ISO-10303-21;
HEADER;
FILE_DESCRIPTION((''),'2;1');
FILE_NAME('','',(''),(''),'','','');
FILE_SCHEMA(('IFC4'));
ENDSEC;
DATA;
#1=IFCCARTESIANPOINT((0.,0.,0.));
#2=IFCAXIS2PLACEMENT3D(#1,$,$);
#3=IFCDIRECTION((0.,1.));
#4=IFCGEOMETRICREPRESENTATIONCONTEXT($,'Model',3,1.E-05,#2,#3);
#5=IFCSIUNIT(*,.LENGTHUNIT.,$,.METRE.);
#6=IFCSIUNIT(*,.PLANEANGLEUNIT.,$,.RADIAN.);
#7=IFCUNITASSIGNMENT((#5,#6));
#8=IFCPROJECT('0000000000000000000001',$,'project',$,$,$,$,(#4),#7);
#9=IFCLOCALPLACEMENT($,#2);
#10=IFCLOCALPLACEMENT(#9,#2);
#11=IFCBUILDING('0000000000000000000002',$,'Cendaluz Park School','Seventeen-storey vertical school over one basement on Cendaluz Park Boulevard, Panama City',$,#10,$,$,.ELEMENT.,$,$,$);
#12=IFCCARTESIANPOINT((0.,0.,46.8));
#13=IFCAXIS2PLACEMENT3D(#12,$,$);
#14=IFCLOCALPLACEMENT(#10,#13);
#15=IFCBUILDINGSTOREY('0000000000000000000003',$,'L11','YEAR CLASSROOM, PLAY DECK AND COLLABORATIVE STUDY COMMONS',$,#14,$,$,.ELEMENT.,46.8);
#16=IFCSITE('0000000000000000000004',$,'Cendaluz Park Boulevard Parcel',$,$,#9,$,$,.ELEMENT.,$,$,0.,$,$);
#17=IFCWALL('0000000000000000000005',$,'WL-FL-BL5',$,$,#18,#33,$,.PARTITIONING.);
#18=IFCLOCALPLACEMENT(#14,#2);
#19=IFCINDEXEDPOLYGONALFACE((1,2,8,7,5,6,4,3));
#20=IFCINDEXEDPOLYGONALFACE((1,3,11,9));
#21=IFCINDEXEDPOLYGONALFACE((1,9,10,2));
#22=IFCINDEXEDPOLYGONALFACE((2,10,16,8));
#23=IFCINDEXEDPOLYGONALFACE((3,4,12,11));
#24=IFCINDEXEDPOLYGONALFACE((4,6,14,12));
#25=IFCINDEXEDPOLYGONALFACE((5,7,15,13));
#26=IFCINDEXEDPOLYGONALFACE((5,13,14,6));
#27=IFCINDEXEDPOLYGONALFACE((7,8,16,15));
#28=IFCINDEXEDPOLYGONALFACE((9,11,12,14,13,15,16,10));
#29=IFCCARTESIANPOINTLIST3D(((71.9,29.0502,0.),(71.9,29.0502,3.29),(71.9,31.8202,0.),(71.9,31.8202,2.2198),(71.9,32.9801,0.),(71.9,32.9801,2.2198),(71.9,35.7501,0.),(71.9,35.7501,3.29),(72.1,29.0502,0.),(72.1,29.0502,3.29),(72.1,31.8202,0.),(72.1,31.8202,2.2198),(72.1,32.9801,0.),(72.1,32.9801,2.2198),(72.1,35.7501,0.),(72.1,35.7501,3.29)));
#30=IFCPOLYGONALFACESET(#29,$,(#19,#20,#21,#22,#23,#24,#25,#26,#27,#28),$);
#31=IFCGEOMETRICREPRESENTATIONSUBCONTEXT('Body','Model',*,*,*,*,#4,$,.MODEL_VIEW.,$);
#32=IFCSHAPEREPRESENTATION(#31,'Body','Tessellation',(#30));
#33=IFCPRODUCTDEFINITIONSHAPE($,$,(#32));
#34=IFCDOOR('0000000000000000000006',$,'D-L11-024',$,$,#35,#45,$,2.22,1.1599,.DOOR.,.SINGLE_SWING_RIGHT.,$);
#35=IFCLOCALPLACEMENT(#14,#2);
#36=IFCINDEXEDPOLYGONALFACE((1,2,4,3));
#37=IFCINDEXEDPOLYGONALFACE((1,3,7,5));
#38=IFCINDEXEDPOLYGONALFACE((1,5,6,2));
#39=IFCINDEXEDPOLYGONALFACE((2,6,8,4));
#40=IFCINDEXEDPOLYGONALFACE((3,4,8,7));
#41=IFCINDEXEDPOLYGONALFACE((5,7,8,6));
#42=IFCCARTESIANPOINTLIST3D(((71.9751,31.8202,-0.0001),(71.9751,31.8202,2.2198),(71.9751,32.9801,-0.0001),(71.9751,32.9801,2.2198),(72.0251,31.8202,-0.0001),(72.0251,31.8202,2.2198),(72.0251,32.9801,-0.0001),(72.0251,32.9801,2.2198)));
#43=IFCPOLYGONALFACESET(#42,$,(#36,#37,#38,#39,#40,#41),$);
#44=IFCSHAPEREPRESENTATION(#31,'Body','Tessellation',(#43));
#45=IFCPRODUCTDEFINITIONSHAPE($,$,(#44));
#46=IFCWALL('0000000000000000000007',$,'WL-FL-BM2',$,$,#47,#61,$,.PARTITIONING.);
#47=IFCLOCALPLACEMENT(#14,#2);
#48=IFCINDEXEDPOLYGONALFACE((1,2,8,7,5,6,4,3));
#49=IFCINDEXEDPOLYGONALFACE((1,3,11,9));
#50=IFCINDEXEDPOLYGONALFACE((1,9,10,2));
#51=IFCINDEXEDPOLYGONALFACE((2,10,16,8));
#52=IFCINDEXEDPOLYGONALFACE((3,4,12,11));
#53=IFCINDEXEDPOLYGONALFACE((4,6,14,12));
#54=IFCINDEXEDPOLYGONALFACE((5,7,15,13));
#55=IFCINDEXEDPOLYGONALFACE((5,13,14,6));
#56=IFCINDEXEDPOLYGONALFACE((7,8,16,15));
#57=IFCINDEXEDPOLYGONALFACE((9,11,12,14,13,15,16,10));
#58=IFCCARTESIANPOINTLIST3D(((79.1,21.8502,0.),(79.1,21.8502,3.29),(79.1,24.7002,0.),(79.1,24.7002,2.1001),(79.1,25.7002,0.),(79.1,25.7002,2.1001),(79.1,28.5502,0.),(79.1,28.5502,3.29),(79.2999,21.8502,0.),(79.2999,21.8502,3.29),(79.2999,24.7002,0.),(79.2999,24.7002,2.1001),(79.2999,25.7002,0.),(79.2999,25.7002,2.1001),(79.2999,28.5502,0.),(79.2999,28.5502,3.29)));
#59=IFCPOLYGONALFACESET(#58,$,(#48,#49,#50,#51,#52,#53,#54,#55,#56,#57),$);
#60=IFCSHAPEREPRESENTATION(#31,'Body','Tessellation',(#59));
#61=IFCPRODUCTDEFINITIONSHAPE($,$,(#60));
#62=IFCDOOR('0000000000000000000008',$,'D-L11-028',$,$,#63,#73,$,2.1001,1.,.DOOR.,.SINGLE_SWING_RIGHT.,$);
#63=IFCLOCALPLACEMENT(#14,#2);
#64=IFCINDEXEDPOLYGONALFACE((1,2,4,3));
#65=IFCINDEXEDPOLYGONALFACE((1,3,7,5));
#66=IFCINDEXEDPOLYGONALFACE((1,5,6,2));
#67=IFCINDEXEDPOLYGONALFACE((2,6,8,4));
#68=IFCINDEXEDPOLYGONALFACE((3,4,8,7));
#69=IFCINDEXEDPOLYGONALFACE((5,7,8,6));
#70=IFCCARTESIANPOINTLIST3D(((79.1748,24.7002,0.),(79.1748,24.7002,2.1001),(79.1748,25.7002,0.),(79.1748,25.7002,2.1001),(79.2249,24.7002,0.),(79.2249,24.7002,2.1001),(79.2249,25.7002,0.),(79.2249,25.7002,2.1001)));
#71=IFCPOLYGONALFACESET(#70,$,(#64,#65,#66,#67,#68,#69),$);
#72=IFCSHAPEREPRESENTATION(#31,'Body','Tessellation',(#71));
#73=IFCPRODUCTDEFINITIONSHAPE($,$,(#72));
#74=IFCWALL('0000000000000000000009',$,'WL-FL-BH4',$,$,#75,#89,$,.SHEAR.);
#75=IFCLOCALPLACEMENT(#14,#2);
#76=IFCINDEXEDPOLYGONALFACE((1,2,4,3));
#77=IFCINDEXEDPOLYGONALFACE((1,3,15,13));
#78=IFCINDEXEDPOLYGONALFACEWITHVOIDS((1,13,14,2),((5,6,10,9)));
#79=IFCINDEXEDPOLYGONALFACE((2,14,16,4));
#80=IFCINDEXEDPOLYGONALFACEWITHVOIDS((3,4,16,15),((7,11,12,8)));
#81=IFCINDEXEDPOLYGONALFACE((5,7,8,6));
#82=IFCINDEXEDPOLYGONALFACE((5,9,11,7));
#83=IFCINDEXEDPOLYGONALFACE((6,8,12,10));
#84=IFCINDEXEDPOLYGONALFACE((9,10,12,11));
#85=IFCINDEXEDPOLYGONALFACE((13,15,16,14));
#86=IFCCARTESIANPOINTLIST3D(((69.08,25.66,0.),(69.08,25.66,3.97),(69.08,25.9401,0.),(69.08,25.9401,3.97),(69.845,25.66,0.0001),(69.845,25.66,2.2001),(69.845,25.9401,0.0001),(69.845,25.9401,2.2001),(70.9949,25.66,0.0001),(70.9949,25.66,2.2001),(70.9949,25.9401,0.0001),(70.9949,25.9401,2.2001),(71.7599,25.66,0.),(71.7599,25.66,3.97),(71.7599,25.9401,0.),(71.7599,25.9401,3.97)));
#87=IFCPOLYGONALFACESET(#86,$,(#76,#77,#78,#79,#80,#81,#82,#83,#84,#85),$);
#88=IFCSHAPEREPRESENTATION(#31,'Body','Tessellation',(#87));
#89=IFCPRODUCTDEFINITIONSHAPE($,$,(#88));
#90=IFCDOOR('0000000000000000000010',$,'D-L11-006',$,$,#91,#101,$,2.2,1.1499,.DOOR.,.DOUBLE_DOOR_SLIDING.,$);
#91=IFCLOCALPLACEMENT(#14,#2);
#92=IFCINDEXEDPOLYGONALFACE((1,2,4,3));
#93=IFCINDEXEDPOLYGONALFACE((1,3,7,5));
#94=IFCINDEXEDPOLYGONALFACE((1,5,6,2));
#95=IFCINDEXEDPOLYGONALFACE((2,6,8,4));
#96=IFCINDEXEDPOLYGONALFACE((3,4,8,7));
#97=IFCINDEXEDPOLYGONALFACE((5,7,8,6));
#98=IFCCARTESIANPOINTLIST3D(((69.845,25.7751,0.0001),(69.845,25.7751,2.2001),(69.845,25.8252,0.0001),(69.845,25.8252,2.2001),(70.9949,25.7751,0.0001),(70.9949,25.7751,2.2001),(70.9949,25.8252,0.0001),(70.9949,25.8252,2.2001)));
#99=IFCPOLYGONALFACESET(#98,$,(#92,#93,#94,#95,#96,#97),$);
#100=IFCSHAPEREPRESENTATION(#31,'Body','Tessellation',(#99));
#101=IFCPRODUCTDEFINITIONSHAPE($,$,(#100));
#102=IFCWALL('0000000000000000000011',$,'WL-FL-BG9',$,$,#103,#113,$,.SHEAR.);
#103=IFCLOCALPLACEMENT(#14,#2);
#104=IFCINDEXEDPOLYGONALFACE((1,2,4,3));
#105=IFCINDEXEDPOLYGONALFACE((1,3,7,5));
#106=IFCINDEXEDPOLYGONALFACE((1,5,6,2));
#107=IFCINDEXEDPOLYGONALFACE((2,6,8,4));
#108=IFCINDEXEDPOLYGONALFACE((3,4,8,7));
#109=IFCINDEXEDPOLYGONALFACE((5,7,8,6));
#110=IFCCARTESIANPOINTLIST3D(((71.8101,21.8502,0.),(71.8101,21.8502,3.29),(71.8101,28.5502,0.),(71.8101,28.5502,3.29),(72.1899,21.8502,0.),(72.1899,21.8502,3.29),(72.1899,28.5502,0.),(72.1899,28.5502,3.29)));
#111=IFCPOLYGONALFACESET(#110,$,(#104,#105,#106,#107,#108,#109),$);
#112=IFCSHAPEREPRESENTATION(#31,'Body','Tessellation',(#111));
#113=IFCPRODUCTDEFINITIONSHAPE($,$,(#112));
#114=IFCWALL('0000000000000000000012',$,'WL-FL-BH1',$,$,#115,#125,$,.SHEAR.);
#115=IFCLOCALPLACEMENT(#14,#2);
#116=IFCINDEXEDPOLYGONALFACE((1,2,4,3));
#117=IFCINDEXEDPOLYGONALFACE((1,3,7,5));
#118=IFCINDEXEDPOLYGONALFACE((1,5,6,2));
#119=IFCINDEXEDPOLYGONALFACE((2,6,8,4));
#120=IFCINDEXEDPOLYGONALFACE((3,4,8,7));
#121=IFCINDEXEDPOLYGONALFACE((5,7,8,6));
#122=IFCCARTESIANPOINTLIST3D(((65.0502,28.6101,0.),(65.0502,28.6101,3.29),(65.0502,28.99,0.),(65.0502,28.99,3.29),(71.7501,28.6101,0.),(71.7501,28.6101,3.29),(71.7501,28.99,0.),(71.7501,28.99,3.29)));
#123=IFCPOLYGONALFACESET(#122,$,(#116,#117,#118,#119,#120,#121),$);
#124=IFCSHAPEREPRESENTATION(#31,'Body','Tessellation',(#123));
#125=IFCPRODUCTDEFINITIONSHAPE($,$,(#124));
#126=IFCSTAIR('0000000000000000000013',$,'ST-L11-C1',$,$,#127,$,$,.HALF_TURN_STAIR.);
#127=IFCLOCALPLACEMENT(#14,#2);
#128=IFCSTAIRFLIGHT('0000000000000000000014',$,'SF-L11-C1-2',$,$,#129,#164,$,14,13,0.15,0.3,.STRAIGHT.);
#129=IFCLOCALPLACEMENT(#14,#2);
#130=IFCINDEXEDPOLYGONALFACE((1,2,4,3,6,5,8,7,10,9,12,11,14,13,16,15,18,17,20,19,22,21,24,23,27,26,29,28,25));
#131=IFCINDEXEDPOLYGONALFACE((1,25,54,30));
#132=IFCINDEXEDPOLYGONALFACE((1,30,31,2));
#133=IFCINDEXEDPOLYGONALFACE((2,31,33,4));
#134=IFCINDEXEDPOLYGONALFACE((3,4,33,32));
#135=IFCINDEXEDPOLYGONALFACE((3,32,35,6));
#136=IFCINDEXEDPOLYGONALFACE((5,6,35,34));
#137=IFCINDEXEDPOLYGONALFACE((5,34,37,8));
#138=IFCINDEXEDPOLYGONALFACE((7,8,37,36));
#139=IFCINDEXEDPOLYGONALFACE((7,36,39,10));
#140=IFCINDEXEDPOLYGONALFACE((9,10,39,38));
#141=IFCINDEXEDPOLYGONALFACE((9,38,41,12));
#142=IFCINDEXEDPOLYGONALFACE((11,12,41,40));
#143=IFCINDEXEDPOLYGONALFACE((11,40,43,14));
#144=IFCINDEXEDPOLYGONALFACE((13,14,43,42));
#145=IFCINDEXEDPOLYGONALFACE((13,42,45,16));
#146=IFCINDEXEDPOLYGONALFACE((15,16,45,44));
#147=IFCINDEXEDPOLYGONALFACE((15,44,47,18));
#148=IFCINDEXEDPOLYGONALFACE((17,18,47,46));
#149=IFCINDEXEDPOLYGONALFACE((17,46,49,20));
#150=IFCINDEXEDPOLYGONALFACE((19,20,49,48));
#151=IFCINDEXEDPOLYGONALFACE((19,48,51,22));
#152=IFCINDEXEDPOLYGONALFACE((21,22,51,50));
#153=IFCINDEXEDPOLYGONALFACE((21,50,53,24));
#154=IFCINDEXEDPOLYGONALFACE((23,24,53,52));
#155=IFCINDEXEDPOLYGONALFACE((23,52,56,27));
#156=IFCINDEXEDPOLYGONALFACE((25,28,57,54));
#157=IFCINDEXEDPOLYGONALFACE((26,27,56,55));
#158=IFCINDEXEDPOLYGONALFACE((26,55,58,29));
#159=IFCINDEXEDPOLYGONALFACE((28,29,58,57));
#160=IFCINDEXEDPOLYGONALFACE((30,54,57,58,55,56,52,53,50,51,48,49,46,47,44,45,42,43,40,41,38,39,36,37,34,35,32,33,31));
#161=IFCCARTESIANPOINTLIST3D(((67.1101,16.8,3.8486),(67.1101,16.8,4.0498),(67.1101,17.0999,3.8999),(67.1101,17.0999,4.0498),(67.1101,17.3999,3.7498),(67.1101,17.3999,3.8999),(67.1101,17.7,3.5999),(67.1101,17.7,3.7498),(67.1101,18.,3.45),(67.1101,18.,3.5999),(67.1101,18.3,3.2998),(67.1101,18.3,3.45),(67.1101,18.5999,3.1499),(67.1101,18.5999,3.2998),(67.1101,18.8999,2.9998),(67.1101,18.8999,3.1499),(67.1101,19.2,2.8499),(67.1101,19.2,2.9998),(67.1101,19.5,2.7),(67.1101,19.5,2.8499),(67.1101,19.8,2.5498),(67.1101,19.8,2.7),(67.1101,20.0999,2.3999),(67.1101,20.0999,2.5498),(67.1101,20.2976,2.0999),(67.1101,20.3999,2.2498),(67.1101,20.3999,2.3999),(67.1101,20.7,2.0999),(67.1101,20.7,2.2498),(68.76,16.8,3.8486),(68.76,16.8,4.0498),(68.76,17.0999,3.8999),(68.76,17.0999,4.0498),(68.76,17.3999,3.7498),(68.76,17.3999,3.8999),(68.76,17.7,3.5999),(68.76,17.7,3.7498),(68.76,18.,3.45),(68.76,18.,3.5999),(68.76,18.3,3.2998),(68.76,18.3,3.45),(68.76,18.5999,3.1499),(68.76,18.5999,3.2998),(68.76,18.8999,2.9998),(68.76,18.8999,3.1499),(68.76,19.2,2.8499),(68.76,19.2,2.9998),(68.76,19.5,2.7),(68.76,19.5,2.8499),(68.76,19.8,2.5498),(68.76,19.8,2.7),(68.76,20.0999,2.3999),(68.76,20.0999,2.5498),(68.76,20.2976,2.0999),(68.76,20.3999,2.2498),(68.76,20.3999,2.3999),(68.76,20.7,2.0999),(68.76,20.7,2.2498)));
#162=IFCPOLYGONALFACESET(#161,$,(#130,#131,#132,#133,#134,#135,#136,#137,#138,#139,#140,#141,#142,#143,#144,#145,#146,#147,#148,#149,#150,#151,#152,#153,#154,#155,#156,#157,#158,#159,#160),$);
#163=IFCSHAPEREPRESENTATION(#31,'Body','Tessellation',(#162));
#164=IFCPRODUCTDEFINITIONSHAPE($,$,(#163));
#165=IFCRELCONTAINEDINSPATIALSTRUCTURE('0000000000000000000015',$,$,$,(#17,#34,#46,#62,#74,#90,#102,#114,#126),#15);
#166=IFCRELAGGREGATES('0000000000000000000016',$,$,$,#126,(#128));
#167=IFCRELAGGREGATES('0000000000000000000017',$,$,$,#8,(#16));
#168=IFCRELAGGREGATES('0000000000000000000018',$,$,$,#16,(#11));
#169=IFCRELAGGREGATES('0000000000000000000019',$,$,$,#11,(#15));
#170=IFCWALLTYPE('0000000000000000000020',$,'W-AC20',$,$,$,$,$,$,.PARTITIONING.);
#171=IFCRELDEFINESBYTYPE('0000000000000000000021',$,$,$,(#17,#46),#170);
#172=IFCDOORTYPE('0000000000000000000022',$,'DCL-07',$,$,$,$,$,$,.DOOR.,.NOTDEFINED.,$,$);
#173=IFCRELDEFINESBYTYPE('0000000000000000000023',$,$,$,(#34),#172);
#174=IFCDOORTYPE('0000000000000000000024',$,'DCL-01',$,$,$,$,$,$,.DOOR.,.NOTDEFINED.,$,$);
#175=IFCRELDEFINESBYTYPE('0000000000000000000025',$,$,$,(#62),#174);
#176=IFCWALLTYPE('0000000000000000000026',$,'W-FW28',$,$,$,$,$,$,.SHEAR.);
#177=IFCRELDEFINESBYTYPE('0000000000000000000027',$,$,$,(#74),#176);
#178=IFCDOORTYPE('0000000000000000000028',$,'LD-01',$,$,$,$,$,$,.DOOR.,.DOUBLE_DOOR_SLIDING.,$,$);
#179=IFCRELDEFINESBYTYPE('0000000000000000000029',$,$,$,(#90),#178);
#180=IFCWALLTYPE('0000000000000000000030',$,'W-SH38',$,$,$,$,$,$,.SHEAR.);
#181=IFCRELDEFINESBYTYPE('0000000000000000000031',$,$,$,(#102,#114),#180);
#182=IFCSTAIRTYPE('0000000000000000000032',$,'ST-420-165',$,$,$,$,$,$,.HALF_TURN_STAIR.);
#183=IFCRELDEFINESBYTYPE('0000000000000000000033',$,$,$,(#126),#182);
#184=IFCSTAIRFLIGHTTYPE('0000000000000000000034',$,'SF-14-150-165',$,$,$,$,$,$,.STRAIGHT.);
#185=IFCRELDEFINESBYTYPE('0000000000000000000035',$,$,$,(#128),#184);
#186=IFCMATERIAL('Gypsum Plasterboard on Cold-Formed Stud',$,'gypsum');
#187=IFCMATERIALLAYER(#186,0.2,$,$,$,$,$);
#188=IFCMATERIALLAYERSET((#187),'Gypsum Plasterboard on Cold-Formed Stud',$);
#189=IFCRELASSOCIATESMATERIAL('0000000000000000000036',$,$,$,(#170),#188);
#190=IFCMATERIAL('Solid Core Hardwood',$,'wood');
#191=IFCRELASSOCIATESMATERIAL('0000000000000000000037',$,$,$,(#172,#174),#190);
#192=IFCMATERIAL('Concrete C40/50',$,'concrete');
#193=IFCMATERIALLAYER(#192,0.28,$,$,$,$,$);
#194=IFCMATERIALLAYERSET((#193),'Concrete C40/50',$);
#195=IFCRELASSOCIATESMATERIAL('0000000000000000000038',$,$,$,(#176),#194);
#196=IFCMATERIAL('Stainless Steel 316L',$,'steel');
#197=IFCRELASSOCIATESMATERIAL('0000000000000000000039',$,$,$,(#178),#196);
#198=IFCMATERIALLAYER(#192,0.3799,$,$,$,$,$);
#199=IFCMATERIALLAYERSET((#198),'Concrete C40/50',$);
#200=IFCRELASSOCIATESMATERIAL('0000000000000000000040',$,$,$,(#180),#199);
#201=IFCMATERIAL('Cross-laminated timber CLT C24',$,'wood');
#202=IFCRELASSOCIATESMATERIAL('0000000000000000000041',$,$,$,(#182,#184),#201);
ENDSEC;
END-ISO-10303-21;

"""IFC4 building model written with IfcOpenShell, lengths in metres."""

from ifc_helpers import new_model, si_unit, direction, frame, frame_2d, origin, place, context, subcontext, project, spatial, polyline, rectangle, outline, extrude, material, layer, layer_set, type_object, element, fill, aggregate, save


model = new_model("IFC4")

# Units and contexts
model_context = context("Model", 3, precision=1e-05, world=origin(), true_north=direction((0.0, 1.0)))
body_context = subcontext(model_context, "Body", "Model", "MODEL_VIEW")
ifc_project = project(units=[si_unit("LENGTHUNIT", "METRE"), si_unit("PLANEANGLEUNIT", "RADIAN")], contexts=[model_context])

# Site, building, storey
site_placement = place(None, origin())
site = spatial("IfcSite", under=ifc_project, at=site_placement, Name="Cendaluz Park Boulevard Parcel", CompositionType="ELEMENT", RefElevation=0.0)
building_placement = place(site_placement, origin())
building = spatial("IfcBuilding", under=site, at=building_placement, Name="Cendaluz Park School", Description="Seventeen-storey vertical school over one basement on Cendaluz Park Boulevard, Panama City", CompositionType="ELEMENT")
storey_placement = place(building_placement, frame((0.0, 0.0, 46.8)))
storey = spatial("IfcBuildingStorey", under=building, at=storey_placement, Name="L11", Description="YEAR CLASSROOM, PLAY DECK AND COLLABORATIVE STUDY COMMONS", CompositionType="ELEMENT", Elevation=46.8)

# Shared definitions
ifc_material_1 = material(Name="Gypsum Plasterboard on Cold-Formed Stud", Category="gypsum")
ifc_layer_1 = layer(ifc_material_1, 0.2)
ifc_layer_set_1 = layer_set([ifc_layer_1], Name="Gypsum Plasterboard on Cold-Formed Stud")
wall_type_1 = type_object("IfcWallType", Name="W-AC20", PredefinedType="PARTITIONING", material=ifc_layer_set_1)

# Walls, openings, doors
wall_1_placement = place(storey_placement, frame((72.0, 29.05, 0.0), z_axis=(0.0, 0.0, 1.0), x_axis=(0.0, 1.0, 0.0)))
wall_1 = element("IfcWall", 1, at=wall_1_placement, inside=storey, type_object=wall_type_1, Name="WL-FL-BL5", PredefinedType="PARTITIONING", context=body_context, shape_type="SweptSolid", body=[
    extrude(rectangle(XDim=6.7, YDim=0.2, at=frame_2d((3.3501, 0.0))), origin(), (0.0, 0.0, 1.0), 3.29),
])
opening_1_placement = place(wall_1_placement, frame((2.77, 0.0, 0.0)))
opening_1 = element("IfcOpeningElement", 2, at=opening_1_placement, cuts=wall_1, PredefinedType="OPENING", context=body_context, shape_type="SweptSolid", body=[
    extrude(rectangle(XDim=1.1599, YDim=2.22, at=frame_2d((0.5801, 1.1099))), frame((0.0, 0.1121, 0.0), z_axis=(0.0, -1.0, 0.0), x_axis=(1.0, 0.0, 0.0)), (0.0, 0.0, 1.0), 0.2239),
])
ifc_material_2 = material(Name="Solid Core Hardwood", Category="wood")
door_type_1 = type_object("IfcDoorType", Name="DCL-07", OperationType="NOTDEFINED", PredefinedType="DOOR", material=ifc_material_2)
door_1_placement = place(opening_1_placement, origin())
door_1 = element("IfcDoor", 3, at=door_1_placement, inside=storey, type_object=door_type_1, Name="D-L11-024", OperationType="SINGLE_SWING_RIGHT", OverallHeight=2.22, OverallWidth=1.1599, PredefinedType="DOOR", context=body_context, shape_type="SweptSolid", body=[
    extrude(rectangle(XDim=1.1599, YDim=2.22, at=frame_2d((0.5801, 1.1099))), frame((0.0, 0.0249, 0.0), z_axis=(0.0, -1.0, 0.0), x_axis=(1.0, 0.0, 0.0)), (0.0, 0.0, 1.0), 0.05),
])
fill(opening_1, door_1)
wall_2_placement = place(storey_placement, frame((79.2, 21.8501, 0.0), z_axis=(0.0, 0.0, 1.0), x_axis=(0.0, 1.0, 0.0)))
wall_2 = element("IfcWall", 4, at=wall_2_placement, inside=storey, type_object=wall_type_1, Name="WL-FL-BM2", PredefinedType="PARTITIONING", context=body_context, shape_type="SweptSolid", body=[
    extrude(rectangle(XDim=6.7, YDim=0.2, at=frame_2d((3.3501, 0.0))), origin(), (0.0, 0.0, 1.0), 3.29),
])
opening_2_placement = place(wall_2_placement, frame((2.8501, 0.0, 0.0)))
opening_2 = element("IfcOpeningElement", 5, at=opening_2_placement, cuts=wall_2, PredefinedType="OPENING", context=body_context, shape_type="SweptSolid", body=[
    extrude(rectangle(XDim=1.0, YDim=2.1001, at=frame_2d((0.5, 1.05))), frame((0.0, 0.1121, 0.0), z_axis=(0.0, -1.0, 0.0), x_axis=(1.0, 0.0, 0.0)), (0.0, 0.0, 1.0), 0.2239),
])
door_type_2 = type_object("IfcDoorType", Name="DCL-01", OperationType="NOTDEFINED", PredefinedType="DOOR", material=ifc_material_2)
door_2_placement = place(opening_2_placement, frame((1.0, 0.0, 0.0), z_axis=(0.0, 0.0, 1.0), x_axis=(-1.0, 0.0, 0.0)))
door_2 = element("IfcDoor", 6, at=door_2_placement, inside=storey, type_object=door_type_2, Name="D-L11-028", OperationType="SINGLE_SWING_RIGHT", OverallHeight=2.1001, OverallWidth=1.0, PredefinedType="DOOR", context=body_context, shape_type="SweptSolid", body=[
    extrude(rectangle(XDim=1.0, YDim=2.1001, at=frame_2d((0.5, 1.05))), frame((0.0, 0.0249, 0.0), z_axis=(0.0, -1.0, 0.0), x_axis=(1.0, 0.0, 0.0)), (0.0, 0.0, 1.0), 0.05),
])
fill(opening_2, door_2)
ifc_material_3 = material(Name="Concrete C40/50", Category="concrete")
ifc_layer_2 = layer(ifc_material_3, 0.28)
ifc_layer_set_2 = layer_set([ifc_layer_2], Name="Concrete C40/50")
wall_type_2 = type_object("IfcWallType", Name="W-FW28", PredefinedType="SHEAR", material=ifc_layer_set_2)
wall_3_placement = place(storey_placement, frame((69.0801, 25.8, 0.0), z_axis=(0.0, 0.0, 1.0), x_axis=(1.0, 0.0, 0.0)))
wall_3 = element("IfcWall", 7, at=wall_3_placement, inside=storey, type_object=wall_type_2, Name="WL-FL-BH4", PredefinedType="SHEAR", context=body_context, shape_type="SweptSolid", body=[
    extrude(rectangle(XDim=2.6799, YDim=0.28, at=frame_2d((1.3398, 0.0))), origin(), (0.0, 0.0, 1.0), 3.97),
])
opening_3_placement = place(wall_3_placement, frame((0.7649, 0.0, 0.0)))
opening_3 = element("IfcOpeningElement", 8, at=opening_3_placement, cuts=wall_3, PredefinedType="OPENING", context=body_context, shape_type="SweptSolid", body=[
    extrude(rectangle(XDim=1.1499, YDim=2.2, at=frame_2d((0.575, 1.1001))), frame((0.0, 0.1521, 0.0), z_axis=(0.0, -1.0, 0.0), x_axis=(1.0, 0.0, 0.0)), (0.0, 0.0, 1.0), 0.304),
])
ifc_material_4 = material(Name="Stainless Steel 316L", Category="steel")
door_type_3 = type_object("IfcDoorType", Name="LD-01", OperationType="DOUBLE_DOOR_SLIDING", PredefinedType="DOOR", material=ifc_material_4)
door_3_placement = place(opening_3_placement, frame((1.1499, 0.0, 0.0), z_axis=(0.0, 0.0, 1.0), x_axis=(-1.0, 0.0, 0.0)))
door_3 = element("IfcDoor", 9, at=door_3_placement, inside=storey, type_object=door_type_3, Name="D-L11-006", OperationType="DOUBLE_DOOR_SLIDING", OverallHeight=2.2, OverallWidth=1.1499, PredefinedType="DOOR", context=body_context, shape_type="SweptSolid", body=[
    extrude(rectangle(XDim=1.1499, YDim=2.2, at=frame_2d((0.575, 1.1001))), frame((0.0, 0.0249, 0.0), z_axis=(0.0, -1.0, 0.0), x_axis=(1.0, 0.0, 0.0)), (0.0, 0.0, 1.0), 0.05),
])
fill(opening_3, door_3)

# Walls
ifc_layer_3 = layer(ifc_material_3, 0.3799)
ifc_layer_set_3 = layer_set([ifc_layer_3], Name="Concrete C40/50")
wall_type_3 = type_object("IfcWallType", Name="W-SH38", PredefinedType="SHEAR", material=ifc_layer_set_3)
for number, where, z_axis, x_axis, name in (
    (10, (72.0, 21.8501, 0.0), (0.0, 0.0, 1.0), (0.0, 1.0, 0.0), "WL-FL-BG9"),
    (11, (65.05, 28.8, 0.0), (0.0, 0.0, 1.0), (1.0, 0.0, 0.0), "WL-FL-BH1"),
):
    element("IfcWall", number, at=place(storey_placement, frame(where, z_axis=z_axis, x_axis=x_axis)), inside=storey, type_object=wall_type_3, Name=name, PredefinedType="SHEAR", context=body_context, shape_type="SweptSolid", body=[
        extrude(rectangle(XDim=6.7, YDim=0.3799, at=frame_2d((3.3501, 0.0))), origin(), (0.0, 0.0, 1.0), 3.29),
    ])

# Stair, stair flight
ifc_material_5 = material(Name="Cross-laminated timber CLT C24", Category="wood")
stair_type = type_object("IfcStairType", Name="ST-420-165", PredefinedType="HALF_TURN_STAIR", material=ifc_material_5)
stair_placement = place(storey_placement, origin())
stair = element("IfcStair", 12, at=stair_placement, inside=storey, type_object=stair_type, Name="ST-L11-C1", PredefinedType="HALF_TURN_STAIR")
stair_flight_type = type_object("IfcStairFlightType", Name="SF-14-150-165", PredefinedType="STRAIGHT", material=ifc_material_5)
stair_flight_placement = place(storey_placement, frame((67.9351, 20.7, 2.0999), z_axis=(0.0, 0.0, 1.0), x_axis=(0.0, -1.0, 0.0)))
stair_flight = element("IfcStairFlight", 13, at=stair_flight_placement, type_object=stair_flight_type, Name="SF-L11-C1-2", NumberOfRisers=14, NumberOfTreads=13, PredefinedType="STRAIGHT", RiserHeight=0.15, TreadLength=0.3, context=body_context, shape_type="SweptSolid", body=[
    extrude(outline(polyline([(0.0, 0.0), (0.0, 0.1499), (0.3, 0.1499), (0.3, 0.3), (0.6001, 0.3), (0.6001, 0.45), (0.8999, 0.45), (0.8999, 0.6001), (1.2, 0.6001), (1.2, 0.75), (1.5, 0.75), (1.5, 0.8999), (1.8, 0.8999), (1.8, 1.05), (2.1001, 1.05), (2.1001, 1.2), (2.3999, 1.2), (2.3999, 1.3501), (2.7, 1.3501), (2.7, 1.5), (3.0, 1.5), (3.0, 1.6499), (3.3, 1.6499), (3.3, 1.8), (3.6001, 1.8), (3.6001, 1.95), (3.8999, 1.95), (3.8999, 2.1001), (3.8999, 1.7488), (0.4023, 0.0), (0.0, 0.0)])), frame((0.0, 0.825, 0.0), z_axis=(0.0, -1.0, 0.0), x_axis=(1.0, 0.0, 0.0)), (0.0, 0.0, 1.0), 1.6499),
])
aggregate(stair, [stair_flight])

save(model, "model.ifc")
